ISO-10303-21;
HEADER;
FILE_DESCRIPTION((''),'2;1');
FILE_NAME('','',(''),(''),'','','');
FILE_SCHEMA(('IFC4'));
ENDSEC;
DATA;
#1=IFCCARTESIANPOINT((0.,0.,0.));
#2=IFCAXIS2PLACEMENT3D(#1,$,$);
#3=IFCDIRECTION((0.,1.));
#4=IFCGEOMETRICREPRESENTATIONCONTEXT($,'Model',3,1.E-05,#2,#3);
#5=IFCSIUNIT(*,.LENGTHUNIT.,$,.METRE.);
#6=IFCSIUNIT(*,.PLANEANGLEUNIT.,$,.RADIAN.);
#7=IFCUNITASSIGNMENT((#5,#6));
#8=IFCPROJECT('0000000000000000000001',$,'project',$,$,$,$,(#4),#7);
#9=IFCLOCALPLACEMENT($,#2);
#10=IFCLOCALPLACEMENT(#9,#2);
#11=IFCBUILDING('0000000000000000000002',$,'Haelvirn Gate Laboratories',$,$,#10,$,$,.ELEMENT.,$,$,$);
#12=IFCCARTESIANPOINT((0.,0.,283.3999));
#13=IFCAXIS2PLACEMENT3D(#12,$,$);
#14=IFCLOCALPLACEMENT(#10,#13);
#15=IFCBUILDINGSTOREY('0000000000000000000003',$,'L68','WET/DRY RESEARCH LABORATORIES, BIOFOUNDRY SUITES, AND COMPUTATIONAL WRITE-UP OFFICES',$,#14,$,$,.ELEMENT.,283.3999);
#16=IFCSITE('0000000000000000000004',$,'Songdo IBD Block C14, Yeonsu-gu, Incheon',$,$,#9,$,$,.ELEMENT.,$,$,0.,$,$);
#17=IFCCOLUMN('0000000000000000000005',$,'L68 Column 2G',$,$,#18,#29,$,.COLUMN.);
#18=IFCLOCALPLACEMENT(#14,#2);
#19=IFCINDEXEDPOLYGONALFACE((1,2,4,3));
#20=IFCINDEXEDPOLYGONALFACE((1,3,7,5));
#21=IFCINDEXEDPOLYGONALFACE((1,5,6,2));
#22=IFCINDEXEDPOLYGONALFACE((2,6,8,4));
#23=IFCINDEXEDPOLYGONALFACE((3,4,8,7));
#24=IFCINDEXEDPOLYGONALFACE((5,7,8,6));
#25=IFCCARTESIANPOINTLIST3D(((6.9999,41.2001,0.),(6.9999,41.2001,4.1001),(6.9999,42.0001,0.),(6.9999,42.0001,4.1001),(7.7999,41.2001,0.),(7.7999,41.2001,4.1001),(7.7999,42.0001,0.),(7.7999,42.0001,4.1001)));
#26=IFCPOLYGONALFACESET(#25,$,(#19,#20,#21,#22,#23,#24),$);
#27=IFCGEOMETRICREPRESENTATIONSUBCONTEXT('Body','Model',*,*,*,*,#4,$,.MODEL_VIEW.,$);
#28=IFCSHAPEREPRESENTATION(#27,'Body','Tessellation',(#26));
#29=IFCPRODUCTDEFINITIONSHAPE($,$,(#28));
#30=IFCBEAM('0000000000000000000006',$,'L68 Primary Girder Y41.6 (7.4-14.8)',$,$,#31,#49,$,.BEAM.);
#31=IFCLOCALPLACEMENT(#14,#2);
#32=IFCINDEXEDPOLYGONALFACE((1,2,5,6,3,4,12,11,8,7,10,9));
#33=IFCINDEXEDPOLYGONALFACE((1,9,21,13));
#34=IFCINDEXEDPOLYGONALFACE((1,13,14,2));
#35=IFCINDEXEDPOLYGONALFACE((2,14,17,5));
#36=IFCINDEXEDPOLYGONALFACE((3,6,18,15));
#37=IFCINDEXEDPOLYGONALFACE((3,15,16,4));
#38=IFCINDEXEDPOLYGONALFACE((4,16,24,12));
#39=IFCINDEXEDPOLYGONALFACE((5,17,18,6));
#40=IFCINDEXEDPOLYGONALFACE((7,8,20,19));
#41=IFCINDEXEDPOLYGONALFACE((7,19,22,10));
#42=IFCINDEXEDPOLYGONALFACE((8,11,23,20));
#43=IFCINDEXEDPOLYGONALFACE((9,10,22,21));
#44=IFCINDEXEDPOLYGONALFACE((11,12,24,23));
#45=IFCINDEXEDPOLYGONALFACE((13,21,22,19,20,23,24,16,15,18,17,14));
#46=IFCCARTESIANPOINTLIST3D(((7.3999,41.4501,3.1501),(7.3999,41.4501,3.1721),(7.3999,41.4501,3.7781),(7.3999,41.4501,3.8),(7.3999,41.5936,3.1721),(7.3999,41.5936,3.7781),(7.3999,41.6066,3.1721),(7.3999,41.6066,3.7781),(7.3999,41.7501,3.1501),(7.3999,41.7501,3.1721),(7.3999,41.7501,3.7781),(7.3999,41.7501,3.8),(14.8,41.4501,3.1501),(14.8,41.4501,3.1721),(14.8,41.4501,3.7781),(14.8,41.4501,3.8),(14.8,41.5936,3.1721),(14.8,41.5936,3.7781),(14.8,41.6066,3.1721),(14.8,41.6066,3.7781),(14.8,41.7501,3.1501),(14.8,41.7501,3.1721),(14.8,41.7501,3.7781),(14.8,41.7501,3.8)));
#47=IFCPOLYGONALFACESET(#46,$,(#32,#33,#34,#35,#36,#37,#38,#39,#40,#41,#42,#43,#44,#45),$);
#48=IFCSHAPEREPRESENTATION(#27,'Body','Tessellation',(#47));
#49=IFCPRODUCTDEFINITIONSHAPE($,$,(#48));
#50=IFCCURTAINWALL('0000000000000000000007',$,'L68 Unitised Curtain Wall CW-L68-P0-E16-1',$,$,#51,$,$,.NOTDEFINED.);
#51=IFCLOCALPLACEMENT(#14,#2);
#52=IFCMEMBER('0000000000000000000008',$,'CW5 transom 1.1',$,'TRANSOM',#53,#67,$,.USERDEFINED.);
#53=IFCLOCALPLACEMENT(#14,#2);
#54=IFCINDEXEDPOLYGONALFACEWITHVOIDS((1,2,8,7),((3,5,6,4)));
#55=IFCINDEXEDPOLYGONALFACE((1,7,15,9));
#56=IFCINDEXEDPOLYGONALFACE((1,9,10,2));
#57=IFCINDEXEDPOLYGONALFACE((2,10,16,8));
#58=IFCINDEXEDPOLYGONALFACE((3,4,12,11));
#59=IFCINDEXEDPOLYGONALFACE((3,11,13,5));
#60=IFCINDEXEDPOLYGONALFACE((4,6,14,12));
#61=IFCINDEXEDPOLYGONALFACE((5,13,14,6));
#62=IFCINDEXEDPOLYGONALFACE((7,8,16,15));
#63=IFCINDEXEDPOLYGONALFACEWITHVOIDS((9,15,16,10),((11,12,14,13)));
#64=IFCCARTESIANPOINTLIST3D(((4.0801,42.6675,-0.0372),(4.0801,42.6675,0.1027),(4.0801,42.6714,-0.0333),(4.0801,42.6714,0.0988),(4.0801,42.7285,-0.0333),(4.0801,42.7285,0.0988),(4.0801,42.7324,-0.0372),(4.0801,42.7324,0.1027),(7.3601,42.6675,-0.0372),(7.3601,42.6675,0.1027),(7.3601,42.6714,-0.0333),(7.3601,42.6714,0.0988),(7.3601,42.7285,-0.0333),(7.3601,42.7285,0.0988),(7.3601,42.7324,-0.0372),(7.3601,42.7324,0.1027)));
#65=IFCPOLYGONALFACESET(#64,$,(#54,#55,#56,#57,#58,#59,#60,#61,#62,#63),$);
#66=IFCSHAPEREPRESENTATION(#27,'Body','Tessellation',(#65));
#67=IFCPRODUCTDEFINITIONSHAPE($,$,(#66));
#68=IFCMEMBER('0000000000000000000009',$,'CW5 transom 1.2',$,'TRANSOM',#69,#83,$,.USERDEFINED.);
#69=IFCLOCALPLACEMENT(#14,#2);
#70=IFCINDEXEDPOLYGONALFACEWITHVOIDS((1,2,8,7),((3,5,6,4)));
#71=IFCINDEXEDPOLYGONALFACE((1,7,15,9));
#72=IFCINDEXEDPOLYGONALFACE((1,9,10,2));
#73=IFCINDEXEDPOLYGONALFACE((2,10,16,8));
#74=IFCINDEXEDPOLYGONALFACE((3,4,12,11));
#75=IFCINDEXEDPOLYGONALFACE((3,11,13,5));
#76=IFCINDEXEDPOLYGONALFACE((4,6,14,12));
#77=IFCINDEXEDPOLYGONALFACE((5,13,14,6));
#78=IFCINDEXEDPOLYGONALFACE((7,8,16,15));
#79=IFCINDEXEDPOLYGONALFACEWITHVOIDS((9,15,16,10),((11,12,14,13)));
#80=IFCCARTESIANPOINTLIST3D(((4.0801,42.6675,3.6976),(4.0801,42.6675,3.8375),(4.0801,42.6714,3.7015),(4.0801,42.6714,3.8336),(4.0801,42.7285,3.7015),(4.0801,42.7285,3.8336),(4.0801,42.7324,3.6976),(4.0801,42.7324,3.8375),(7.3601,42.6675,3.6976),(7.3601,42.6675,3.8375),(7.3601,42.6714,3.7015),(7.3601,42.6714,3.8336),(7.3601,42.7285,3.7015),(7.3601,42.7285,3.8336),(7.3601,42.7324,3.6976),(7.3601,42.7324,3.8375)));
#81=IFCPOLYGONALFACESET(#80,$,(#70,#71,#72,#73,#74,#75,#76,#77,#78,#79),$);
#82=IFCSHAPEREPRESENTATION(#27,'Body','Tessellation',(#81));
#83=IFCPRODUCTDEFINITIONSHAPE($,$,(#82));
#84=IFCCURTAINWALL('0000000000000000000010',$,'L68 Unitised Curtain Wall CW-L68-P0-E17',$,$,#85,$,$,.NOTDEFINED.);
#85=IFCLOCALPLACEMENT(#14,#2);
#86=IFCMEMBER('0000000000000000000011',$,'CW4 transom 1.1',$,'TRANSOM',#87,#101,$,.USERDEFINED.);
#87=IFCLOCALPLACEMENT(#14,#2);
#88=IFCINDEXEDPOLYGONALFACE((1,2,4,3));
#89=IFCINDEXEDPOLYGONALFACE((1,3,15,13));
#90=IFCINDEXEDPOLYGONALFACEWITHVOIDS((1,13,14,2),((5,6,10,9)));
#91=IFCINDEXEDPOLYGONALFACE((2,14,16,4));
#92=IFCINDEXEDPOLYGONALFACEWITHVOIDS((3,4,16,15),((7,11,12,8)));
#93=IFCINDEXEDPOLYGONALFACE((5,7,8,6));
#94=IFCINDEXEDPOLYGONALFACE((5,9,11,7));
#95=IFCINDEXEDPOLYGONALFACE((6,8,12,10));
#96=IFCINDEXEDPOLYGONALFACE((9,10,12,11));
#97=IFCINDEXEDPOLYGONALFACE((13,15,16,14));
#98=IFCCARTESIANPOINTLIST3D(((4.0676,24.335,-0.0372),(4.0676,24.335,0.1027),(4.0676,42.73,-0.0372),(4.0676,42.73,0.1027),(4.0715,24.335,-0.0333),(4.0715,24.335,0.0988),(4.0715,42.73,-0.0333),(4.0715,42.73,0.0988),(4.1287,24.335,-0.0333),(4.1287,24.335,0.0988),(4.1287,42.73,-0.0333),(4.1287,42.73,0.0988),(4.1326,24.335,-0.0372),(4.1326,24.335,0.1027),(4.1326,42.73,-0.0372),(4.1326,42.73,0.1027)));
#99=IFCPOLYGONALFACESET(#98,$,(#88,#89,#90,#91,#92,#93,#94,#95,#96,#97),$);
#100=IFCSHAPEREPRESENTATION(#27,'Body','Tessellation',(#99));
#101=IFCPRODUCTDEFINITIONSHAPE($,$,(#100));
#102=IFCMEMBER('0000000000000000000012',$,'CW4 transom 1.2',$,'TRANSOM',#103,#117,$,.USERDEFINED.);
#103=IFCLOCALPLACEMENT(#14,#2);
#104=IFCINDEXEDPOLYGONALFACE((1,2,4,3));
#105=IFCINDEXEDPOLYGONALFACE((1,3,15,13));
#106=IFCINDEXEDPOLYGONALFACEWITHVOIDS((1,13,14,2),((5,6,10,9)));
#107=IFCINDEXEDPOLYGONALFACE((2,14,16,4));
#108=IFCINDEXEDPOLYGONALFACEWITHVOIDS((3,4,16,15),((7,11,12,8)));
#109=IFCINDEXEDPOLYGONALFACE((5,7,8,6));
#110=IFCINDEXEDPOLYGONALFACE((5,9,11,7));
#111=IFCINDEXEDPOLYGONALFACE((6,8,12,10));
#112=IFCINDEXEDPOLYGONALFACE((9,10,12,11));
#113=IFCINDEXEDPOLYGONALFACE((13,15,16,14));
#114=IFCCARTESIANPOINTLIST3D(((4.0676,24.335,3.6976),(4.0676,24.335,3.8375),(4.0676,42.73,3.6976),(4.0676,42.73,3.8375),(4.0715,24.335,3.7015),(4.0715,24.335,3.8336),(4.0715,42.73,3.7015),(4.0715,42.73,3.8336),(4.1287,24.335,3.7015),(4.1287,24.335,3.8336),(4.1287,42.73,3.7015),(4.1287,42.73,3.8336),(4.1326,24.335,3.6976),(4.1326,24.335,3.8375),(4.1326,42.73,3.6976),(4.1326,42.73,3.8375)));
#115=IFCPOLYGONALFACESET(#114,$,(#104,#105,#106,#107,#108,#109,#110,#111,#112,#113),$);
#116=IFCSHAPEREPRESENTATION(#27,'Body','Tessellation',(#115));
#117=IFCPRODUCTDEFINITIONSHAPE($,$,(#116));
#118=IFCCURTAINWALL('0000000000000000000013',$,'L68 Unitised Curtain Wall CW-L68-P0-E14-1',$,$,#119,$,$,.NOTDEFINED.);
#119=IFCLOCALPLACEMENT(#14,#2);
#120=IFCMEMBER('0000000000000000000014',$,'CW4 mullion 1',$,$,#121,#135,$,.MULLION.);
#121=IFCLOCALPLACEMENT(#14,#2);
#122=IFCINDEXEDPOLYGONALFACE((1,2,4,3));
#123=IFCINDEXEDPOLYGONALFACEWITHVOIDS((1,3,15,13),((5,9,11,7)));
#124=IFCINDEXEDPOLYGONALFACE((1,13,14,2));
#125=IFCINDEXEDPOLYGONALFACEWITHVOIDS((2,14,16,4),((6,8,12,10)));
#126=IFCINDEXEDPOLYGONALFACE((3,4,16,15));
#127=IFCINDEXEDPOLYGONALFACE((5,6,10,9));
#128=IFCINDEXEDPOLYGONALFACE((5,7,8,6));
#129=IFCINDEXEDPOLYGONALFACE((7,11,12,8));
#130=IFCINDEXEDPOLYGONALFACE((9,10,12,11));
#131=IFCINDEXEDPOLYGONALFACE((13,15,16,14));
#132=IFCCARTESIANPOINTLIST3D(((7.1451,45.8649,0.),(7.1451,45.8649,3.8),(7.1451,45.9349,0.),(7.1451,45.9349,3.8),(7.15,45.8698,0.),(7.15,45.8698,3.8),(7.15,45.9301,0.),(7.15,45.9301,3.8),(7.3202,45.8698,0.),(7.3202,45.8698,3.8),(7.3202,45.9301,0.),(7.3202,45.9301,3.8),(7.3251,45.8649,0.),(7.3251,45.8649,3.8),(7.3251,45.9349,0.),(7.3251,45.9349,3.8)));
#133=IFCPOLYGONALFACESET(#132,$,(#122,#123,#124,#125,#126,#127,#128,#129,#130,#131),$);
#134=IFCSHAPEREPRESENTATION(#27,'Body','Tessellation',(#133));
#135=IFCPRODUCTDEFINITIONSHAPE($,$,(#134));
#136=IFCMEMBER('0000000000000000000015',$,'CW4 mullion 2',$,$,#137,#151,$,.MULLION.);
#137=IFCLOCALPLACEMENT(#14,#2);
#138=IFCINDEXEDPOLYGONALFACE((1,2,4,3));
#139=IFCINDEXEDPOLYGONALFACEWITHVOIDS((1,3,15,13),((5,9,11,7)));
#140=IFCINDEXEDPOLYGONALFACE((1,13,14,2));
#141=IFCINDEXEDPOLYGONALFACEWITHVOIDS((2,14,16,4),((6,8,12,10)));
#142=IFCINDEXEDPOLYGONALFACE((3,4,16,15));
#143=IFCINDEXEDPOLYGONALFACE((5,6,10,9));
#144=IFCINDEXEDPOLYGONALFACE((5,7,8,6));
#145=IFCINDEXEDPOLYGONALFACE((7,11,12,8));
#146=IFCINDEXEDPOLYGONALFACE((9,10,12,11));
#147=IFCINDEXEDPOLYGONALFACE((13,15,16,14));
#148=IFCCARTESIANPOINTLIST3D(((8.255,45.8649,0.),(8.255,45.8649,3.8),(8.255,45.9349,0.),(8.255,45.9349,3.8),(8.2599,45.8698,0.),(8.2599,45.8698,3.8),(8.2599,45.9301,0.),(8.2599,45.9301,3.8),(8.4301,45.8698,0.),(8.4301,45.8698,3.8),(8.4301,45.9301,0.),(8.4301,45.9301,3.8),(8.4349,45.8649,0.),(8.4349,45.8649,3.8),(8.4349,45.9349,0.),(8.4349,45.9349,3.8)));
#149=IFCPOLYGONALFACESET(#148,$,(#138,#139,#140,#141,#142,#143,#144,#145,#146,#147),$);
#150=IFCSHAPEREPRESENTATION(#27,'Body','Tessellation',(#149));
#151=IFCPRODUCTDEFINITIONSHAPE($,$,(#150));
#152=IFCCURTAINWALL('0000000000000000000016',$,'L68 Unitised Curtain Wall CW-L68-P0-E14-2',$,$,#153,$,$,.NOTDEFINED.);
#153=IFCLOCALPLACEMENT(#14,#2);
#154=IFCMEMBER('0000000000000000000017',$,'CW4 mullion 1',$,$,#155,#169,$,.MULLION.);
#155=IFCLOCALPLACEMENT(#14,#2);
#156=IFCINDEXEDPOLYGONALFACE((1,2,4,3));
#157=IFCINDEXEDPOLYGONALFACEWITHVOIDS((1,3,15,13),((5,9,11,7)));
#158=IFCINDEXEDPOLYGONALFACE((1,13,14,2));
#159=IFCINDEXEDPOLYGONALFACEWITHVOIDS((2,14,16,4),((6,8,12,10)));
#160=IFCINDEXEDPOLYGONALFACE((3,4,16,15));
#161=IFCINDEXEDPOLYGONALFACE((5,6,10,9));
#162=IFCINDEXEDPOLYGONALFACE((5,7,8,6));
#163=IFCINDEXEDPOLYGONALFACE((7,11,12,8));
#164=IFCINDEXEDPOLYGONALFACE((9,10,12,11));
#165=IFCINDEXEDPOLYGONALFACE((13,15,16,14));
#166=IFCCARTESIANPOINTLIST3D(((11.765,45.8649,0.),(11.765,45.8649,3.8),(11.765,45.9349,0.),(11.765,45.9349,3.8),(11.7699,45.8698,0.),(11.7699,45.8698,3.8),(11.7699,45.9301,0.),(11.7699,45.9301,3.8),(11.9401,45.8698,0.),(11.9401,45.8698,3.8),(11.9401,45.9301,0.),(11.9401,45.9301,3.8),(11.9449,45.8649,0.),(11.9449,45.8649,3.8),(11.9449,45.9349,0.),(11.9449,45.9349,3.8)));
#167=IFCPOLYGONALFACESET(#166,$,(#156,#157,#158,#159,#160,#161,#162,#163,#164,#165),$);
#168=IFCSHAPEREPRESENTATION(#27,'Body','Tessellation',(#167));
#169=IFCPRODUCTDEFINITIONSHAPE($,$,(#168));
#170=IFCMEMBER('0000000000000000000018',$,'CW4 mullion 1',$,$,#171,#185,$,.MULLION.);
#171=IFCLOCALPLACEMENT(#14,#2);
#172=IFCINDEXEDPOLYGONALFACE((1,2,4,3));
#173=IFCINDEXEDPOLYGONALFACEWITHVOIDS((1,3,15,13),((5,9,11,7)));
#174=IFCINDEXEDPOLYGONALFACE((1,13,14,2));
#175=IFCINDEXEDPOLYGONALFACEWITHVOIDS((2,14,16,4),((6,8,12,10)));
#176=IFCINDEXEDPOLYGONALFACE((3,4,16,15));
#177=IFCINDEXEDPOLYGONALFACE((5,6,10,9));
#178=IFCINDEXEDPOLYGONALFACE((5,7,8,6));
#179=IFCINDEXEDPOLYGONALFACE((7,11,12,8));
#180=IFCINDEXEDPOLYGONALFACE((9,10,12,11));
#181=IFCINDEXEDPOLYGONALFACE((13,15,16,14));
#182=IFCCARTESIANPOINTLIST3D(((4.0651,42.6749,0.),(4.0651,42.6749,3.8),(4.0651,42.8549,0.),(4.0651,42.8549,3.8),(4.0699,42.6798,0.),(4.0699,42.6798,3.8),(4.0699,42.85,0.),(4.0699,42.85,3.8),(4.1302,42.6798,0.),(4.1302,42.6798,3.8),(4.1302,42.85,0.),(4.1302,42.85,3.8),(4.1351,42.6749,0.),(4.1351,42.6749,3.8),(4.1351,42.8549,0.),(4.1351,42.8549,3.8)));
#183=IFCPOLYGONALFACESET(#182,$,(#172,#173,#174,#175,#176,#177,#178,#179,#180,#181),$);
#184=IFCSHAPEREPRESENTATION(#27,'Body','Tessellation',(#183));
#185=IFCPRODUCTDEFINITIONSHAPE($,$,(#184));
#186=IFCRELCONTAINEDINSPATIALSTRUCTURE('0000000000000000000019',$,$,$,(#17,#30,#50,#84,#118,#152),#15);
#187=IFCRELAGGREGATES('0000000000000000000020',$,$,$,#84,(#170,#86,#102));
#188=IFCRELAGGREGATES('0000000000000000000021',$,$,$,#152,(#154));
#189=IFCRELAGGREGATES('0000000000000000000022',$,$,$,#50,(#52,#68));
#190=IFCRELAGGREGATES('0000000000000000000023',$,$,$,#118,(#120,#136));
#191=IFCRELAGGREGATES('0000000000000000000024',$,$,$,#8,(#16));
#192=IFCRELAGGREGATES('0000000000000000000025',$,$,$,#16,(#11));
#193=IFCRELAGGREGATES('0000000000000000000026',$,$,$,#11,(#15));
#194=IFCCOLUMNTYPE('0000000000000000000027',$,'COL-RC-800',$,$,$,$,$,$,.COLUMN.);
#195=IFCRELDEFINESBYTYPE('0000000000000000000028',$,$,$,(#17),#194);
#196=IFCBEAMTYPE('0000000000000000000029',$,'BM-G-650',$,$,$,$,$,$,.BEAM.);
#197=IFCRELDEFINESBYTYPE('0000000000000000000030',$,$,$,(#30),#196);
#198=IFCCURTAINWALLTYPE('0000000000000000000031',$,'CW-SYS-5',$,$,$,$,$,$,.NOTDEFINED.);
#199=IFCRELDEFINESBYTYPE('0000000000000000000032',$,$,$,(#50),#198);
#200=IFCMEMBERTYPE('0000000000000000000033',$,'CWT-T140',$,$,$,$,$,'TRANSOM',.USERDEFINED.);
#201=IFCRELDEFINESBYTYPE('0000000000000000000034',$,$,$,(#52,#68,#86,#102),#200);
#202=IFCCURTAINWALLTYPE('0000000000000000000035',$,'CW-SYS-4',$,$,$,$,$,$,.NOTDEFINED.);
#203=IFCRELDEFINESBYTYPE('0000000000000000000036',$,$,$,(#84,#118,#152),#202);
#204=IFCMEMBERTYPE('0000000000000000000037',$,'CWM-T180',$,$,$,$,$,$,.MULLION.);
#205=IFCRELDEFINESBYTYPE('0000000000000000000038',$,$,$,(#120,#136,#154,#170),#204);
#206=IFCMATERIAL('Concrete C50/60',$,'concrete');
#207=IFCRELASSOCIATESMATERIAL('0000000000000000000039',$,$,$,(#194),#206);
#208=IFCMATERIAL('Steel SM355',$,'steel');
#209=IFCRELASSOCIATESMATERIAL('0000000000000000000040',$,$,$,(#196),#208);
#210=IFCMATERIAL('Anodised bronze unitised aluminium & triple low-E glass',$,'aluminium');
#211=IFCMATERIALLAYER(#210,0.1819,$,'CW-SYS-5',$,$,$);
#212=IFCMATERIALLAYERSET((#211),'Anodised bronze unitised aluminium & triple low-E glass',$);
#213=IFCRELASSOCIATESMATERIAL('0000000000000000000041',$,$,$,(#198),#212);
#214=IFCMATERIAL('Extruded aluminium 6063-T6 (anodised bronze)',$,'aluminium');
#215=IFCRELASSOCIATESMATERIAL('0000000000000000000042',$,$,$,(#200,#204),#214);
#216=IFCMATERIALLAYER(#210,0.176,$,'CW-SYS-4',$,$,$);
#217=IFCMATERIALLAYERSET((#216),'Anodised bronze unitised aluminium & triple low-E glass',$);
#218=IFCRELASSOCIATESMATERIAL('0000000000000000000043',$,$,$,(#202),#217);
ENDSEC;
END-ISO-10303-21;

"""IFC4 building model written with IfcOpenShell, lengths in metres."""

from ifc_helpers import new_model, si_unit, direction, frame, origin, origin_2d, place, context, subcontext, project, spatial, rectangle, hollow_rectangle, i_section, extrude, source, transform, mapped, material, layer, layer_set, material_profile, profile_set, type_object, type_shapes, element, aggregate, save


model = new_model("IFC4")

# Units and contexts
model_context = context("Model", 3, precision=1e-05, world=origin(), true_north=direction((0.0, 1.0)))
body_context = subcontext(model_context, "Body", "Model", "MODEL_VIEW")
ifc_project = project(units=[si_unit("LENGTHUNIT", "METRE"), si_unit("PLANEANGLEUNIT", "RADIAN")], contexts=[model_context])

# Site, building, storey
site_placement = place(None, origin())
site = spatial("IfcSite", under=ifc_project, at=site_placement, Name="Songdo IBD Block C14, Yeonsu-gu, Incheon", CompositionType="ELEMENT", RefElevation=0.0)
building_placement = place(site_placement, origin())
building = spatial("IfcBuilding", under=site, at=building_placement, Name="Haelvirn Gate Laboratories", CompositionType="ELEMENT")
storey_placement = place(building_placement, frame((0.0, 0.0, 283.3999)))
storey = spatial("IfcBuildingStorey", under=building, at=storey_placement, Name="L68", Description="WET/DRY RESEARCH LABORATORIES, BIOFOUNDRY SUITES, AND COMPUTATIONAL WRITE-UP OFFICES", CompositionType="ELEMENT", Elevation=283.3999)

# Column
ifc_material_1 = material(Name="Concrete C50/60", Category="concrete")
ifc_material_profile_1 = material_profile(ifc_material_1, rectangle(XDim=0.8, YDim=0.8, at=origin_2d()), Name="RC-800x800")
ifc_profile_set_1 = profile_set([ifc_material_profile_1], Name="Concrete C50/60")
column_type = type_object("IfcColumnType", Name="COL-RC-800", PredefinedType="COLUMN", material=ifc_profile_set_1)
shared_shape_1 = source(origin(), body_context, "Body", "SweptSolid", [
    extrude(rectangle(XDim=0.8, YDim=0.8, at=origin_2d()), origin(), (0.0, 0.0, 1.0), 4.1001),
])
type_shapes(column_type, [shared_shape_1])
column_placement = place(storey_placement, frame((7.3999, 41.6001, 0.0), z_axis=(0.0, 0.0, 1.0), x_axis=(1.0, 0.0, 0.0)))
element("IfcColumn", 1, at=column_placement, inside=storey, type_object=column_type, Name="L68 Column 2G", PredefinedType="COLUMN", context=body_context, shape_type="MappedRepresentation", body=[
    mapped(shared_shape_1, transform((0.0, 0.0, 0.0), scale=1.0)),
])

# Beam
ifc_material_2 = material(Name="Steel SM355", Category="steel")
ifc_material_profile_2 = material_profile(ifc_material_2, i_section(OverallWidth=0.3, OverallDepth=0.6499, WebThickness=0.0129, FlangeThickness=0.022, at=origin_2d()), Name="H-650x300x13x22")
ifc_profile_set_2 = profile_set([ifc_material_profile_2], Name="Steel SM355")
beam_type = type_object("IfcBeamType", Name="BM-G-650", PredefinedType="BEAM", material=ifc_profile_set_2)
shared_shape_2 = source(origin(), body_context, "Body", "SweptSolid", [
    extrude(i_section(OverallWidth=0.3, OverallDepth=0.6499, WebThickness=0.0129, FlangeThickness=0.022, at=origin_2d()), origin(), (0.0, 0.0, 1.0), 7.4001),
])
type_shapes(beam_type, [shared_shape_2])
beam_placement = place(storey_placement, frame((7.3999, 41.6001, 3.4751), z_axis=(1.0, 0.0, 0.0), x_axis=(0.0, 1.0, 0.0)))
element("IfcBeam", 2, at=beam_placement, inside=storey, type_object=beam_type, Name="L68 Primary Girder Y41.6 (7.4-14.8)", PredefinedType="BEAM", context=body_context, shape_type="MappedRepresentation", body=[
    mapped(shared_shape_2, transform((0.0, 0.0, 0.0), scale=1.0)),
])

# Curtain walls, members
ifc_material_3 = material(Name="Anodised bronze unitised aluminium & triple low-E glass", Category="aluminium")
ifc_layer_1 = layer(ifc_material_3, 0.1819, Name="CW-SYS-5")
ifc_layer_set_1 = layer_set([ifc_layer_1], Name="Anodised bronze unitised aluminium & triple low-E glass")
curtain_wall_type_1 = type_object("IfcCurtainWallType", Name="CW-SYS-5", PredefinedType="NOTDEFINED", material=ifc_layer_set_1)
curtain_wall_1_placement = place(storey_placement, origin())
curtain_wall_1 = element("IfcCurtainWall", 3, at=curtain_wall_1_placement, inside=storey, type_object=curtain_wall_type_1, Name="L68 Unitised Curtain Wall CW-L68-P0-E16-1", PredefinedType="NOTDEFINED")
ifc_material_4 = material(Name="Extruded aluminium 6063-T6 (anodised bronze)", Category="aluminium")
ifc_material_profile_3 = material_profile(ifc_material_4, hollow_rectangle(XDim=0.0649, YDim=0.1399, WallThickness=0.0039, at=origin_2d()), Name="CWT-140x65x4")
ifc_profile_set_3 = profile_set([ifc_material_profile_3], Name="Extruded aluminium 6063-T6 (anodised bronze)")
member_type_1 = type_object("IfcMemberType", Name="CWT-T140", ElementType="TRANSOM", PredefinedType="USERDEFINED", material=ifc_profile_set_3)
shared_shape_3 = source(origin(), body_context, "Body", "SweptSolid", [
    extrude(hollow_rectangle(XDim=0.0649, YDim=0.1399, WallThickness=0.0039, at=origin_2d()), origin(), (0.0, 0.0, 1.0), 3.28),
])
member_1_placement = place(storey_placement, frame((4.0801, 42.7, 0.0327), z_axis=(1.0, 0.0, 0.0), x_axis=(0.0, 1.0, 0.0)))
member_1 = element("IfcMember", 4, at=member_1_placement, type_object=member_type_1, Name="CW5 transom 1.1", ObjectType="TRANSOM", PredefinedType="USERDEFINED", context=body_context, shape_type="MappedRepresentation", body=[
    mapped(shared_shape_3, transform((0.0, 0.0, 0.0), scale=1.0)),
])
member_2_placement = place(storey_placement, frame((4.0801, 42.7, 3.7676), z_axis=(1.0, 0.0, 0.0), x_axis=(0.0, 1.0, 0.0)))
member_2 = element("IfcMember", 5, at=member_2_placement, type_object=member_type_1, Name="CW5 transom 1.2", ObjectType="TRANSOM", PredefinedType="USERDEFINED", context=body_context, shape_type="MappedRepresentation", body=[
    mapped(shared_shape_3, transform((0.0, 0.0, 0.0), scale=1.0)),
])
ifc_layer_2 = layer(ifc_material_3, 0.176, Name="CW-SYS-4")
ifc_layer_set_2 = layer_set([ifc_layer_2], Name="Anodised bronze unitised aluminium & triple low-E glass")
curtain_wall_type_2 = type_object("IfcCurtainWallType", Name="CW-SYS-4", PredefinedType="NOTDEFINED", material=ifc_layer_set_2)
curtain_wall_2_placement = place(storey_placement, origin())
curtain_wall_2 = element("IfcCurtainWall", 6, at=curtain_wall_2_placement, inside=storey, type_object=curtain_wall_type_2, Name="L68 Unitised Curtain Wall CW-L68-P0-E17", PredefinedType="NOTDEFINED")
shared_shape_4 = source(origin(), body_context, "Body", "SweptSolid", [
    extrude(hollow_rectangle(XDim=0.0649, YDim=0.1399, WallThickness=0.0039, at=origin_2d()), origin(), (0.0, 0.0, 1.0), 18.395),
])
member_3_placement = place(storey_placement, frame((4.1001, 42.73, 0.0327), z_axis=(0.0, -1.0, 0.0), x_axis=(1.0, 0.0, 0.0)))
member_3 = element("IfcMember", 7, at=member_3_placement, type_object=member_type_1, Name="CW4 transom 1.1", ObjectType="TRANSOM", PredefinedType="USERDEFINED", context=body_context, shape_type="MappedRepresentation", body=[
    mapped(shared_shape_4, transform((0.0, 0.0, 0.0), scale=1.0)),
])
member_4_placement = place(storey_placement, frame((4.1001, 42.73, 3.7676), z_axis=(0.0, -1.0, 0.0), x_axis=(1.0, 0.0, 0.0)))
member_4 = element("IfcMember", 8, at=member_4_placement, type_object=member_type_1, Name="CW4 transom 1.2", ObjectType="TRANSOM", PredefinedType="USERDEFINED", context=body_context, shape_type="MappedRepresentation", body=[
    mapped(shared_shape_4, transform((0.0, 0.0, 0.0), scale=1.0)),
])
curtain_wall_3_placement = place(storey_placement, origin())
curtain_wall_3 = element("IfcCurtainWall", 9, at=curtain_wall_3_placement, inside=storey, type_object=curtain_wall_type_2, Name="L68 Unitised Curtain Wall CW-L68-P0-E14-1", PredefinedType="NOTDEFINED")
ifc_material_profile_4 = material_profile(ifc_material_4, hollow_rectangle(XDim=0.0701, YDim=0.1799, WallThickness=0.0049, at=origin_2d()), Name="CWM-180x70x5")
ifc_profile_set_4 = profile_set([ifc_material_profile_4], Name="Extruded aluminium 6063-T6 (anodised bronze)")
member_type_2 = type_object("IfcMemberType", Name="CWM-T180", PredefinedType="MULLION", material=ifc_profile_set_4)
shared_shape_5 = source(origin(), body_context, "Body", "SweptSolid", [
    extrude(hollow_rectangle(XDim=0.0701, YDim=0.1799, WallThickness=0.0049, at=origin_2d()), origin(), (0.0, 0.0, 1.0), 3.8),
])
type_shapes(member_type_2, [shared_shape_5])
member_5_placement = place(storey_placement, frame((7.2351, 45.8999, 0.0), z_axis=(0.0, 0.0, 1.0), x_axis=(0.0, 1.0, 0.0)))
member_5 = element("IfcMember", 10, at=member_5_placement, type_object=member_type_2, Name="CW4 mullion 1", PredefinedType="MULLION", context=body_context, shape_type="MappedRepresentation", body=[
    mapped(shared_shape_5, transform((0.0, 0.0, 0.0), scale=1.0)),
])
member_6_placement = place(storey_placement, frame((8.345, 45.8999, 0.0), z_axis=(0.0, 0.0, 1.0), x_axis=(0.0, 1.0, 0.0)))
member_6 = element("IfcMember", 11, at=member_6_placement, type_object=member_type_2, Name="CW4 mullion 2", PredefinedType="MULLION", context=body_context, shape_type="MappedRepresentation", body=[
    mapped(shared_shape_5, transform((0.0, 0.0, 0.0), scale=1.0)),
])

# Curtain wall, member
curtain_wall_4_placement = place(storey_placement, origin())
curtain_wall_4 = element("IfcCurtainWall", 12, at=curtain_wall_4_placement, inside=storey, type_object=curtain_wall_type_2, Name="L68 Unitised Curtain Wall CW-L68-P0-E14-2", PredefinedType="NOTDEFINED")
member_7_placement = place(storey_placement, frame((11.855, 45.8999, 0.0), z_axis=(0.0, 0.0, 1.0), x_axis=(0.0, 1.0, 0.0)))
member_7 = element("IfcMember", 13, at=member_7_placement, type_object=member_type_2, Name="CW4 mullion 1", PredefinedType="MULLION", context=body_context, shape_type="MappedRepresentation", body=[
    mapped(shared_shape_5, transform((0.0, 0.0, 0.0), scale=1.0)),
])

# Member
member_8_placement = place(storey_placement, frame((4.1001, 42.7649, 0.0), z_axis=(0.0, 0.0, 1.0), x_axis=(1.0, 0.0, 0.0)))
member_8 = element("IfcMember", 14, at=member_8_placement, type_object=member_type_2, Name="CW4 mullion 1", PredefinedType="MULLION", context=body_context, shape_type="MappedRepresentation", body=[
    mapped(shared_shape_5, transform((0.0, 0.0, 0.0), scale=1.0)),
])
aggregate(curtain_wall_2, [member_8, member_3, member_4])
aggregate(curtain_wall_4, [member_7])

aggregate(curtain_wall_1, [member_1, member_2])
aggregate(curtain_wall_3, [member_5, member_6])

save(model, "model.ifc")
